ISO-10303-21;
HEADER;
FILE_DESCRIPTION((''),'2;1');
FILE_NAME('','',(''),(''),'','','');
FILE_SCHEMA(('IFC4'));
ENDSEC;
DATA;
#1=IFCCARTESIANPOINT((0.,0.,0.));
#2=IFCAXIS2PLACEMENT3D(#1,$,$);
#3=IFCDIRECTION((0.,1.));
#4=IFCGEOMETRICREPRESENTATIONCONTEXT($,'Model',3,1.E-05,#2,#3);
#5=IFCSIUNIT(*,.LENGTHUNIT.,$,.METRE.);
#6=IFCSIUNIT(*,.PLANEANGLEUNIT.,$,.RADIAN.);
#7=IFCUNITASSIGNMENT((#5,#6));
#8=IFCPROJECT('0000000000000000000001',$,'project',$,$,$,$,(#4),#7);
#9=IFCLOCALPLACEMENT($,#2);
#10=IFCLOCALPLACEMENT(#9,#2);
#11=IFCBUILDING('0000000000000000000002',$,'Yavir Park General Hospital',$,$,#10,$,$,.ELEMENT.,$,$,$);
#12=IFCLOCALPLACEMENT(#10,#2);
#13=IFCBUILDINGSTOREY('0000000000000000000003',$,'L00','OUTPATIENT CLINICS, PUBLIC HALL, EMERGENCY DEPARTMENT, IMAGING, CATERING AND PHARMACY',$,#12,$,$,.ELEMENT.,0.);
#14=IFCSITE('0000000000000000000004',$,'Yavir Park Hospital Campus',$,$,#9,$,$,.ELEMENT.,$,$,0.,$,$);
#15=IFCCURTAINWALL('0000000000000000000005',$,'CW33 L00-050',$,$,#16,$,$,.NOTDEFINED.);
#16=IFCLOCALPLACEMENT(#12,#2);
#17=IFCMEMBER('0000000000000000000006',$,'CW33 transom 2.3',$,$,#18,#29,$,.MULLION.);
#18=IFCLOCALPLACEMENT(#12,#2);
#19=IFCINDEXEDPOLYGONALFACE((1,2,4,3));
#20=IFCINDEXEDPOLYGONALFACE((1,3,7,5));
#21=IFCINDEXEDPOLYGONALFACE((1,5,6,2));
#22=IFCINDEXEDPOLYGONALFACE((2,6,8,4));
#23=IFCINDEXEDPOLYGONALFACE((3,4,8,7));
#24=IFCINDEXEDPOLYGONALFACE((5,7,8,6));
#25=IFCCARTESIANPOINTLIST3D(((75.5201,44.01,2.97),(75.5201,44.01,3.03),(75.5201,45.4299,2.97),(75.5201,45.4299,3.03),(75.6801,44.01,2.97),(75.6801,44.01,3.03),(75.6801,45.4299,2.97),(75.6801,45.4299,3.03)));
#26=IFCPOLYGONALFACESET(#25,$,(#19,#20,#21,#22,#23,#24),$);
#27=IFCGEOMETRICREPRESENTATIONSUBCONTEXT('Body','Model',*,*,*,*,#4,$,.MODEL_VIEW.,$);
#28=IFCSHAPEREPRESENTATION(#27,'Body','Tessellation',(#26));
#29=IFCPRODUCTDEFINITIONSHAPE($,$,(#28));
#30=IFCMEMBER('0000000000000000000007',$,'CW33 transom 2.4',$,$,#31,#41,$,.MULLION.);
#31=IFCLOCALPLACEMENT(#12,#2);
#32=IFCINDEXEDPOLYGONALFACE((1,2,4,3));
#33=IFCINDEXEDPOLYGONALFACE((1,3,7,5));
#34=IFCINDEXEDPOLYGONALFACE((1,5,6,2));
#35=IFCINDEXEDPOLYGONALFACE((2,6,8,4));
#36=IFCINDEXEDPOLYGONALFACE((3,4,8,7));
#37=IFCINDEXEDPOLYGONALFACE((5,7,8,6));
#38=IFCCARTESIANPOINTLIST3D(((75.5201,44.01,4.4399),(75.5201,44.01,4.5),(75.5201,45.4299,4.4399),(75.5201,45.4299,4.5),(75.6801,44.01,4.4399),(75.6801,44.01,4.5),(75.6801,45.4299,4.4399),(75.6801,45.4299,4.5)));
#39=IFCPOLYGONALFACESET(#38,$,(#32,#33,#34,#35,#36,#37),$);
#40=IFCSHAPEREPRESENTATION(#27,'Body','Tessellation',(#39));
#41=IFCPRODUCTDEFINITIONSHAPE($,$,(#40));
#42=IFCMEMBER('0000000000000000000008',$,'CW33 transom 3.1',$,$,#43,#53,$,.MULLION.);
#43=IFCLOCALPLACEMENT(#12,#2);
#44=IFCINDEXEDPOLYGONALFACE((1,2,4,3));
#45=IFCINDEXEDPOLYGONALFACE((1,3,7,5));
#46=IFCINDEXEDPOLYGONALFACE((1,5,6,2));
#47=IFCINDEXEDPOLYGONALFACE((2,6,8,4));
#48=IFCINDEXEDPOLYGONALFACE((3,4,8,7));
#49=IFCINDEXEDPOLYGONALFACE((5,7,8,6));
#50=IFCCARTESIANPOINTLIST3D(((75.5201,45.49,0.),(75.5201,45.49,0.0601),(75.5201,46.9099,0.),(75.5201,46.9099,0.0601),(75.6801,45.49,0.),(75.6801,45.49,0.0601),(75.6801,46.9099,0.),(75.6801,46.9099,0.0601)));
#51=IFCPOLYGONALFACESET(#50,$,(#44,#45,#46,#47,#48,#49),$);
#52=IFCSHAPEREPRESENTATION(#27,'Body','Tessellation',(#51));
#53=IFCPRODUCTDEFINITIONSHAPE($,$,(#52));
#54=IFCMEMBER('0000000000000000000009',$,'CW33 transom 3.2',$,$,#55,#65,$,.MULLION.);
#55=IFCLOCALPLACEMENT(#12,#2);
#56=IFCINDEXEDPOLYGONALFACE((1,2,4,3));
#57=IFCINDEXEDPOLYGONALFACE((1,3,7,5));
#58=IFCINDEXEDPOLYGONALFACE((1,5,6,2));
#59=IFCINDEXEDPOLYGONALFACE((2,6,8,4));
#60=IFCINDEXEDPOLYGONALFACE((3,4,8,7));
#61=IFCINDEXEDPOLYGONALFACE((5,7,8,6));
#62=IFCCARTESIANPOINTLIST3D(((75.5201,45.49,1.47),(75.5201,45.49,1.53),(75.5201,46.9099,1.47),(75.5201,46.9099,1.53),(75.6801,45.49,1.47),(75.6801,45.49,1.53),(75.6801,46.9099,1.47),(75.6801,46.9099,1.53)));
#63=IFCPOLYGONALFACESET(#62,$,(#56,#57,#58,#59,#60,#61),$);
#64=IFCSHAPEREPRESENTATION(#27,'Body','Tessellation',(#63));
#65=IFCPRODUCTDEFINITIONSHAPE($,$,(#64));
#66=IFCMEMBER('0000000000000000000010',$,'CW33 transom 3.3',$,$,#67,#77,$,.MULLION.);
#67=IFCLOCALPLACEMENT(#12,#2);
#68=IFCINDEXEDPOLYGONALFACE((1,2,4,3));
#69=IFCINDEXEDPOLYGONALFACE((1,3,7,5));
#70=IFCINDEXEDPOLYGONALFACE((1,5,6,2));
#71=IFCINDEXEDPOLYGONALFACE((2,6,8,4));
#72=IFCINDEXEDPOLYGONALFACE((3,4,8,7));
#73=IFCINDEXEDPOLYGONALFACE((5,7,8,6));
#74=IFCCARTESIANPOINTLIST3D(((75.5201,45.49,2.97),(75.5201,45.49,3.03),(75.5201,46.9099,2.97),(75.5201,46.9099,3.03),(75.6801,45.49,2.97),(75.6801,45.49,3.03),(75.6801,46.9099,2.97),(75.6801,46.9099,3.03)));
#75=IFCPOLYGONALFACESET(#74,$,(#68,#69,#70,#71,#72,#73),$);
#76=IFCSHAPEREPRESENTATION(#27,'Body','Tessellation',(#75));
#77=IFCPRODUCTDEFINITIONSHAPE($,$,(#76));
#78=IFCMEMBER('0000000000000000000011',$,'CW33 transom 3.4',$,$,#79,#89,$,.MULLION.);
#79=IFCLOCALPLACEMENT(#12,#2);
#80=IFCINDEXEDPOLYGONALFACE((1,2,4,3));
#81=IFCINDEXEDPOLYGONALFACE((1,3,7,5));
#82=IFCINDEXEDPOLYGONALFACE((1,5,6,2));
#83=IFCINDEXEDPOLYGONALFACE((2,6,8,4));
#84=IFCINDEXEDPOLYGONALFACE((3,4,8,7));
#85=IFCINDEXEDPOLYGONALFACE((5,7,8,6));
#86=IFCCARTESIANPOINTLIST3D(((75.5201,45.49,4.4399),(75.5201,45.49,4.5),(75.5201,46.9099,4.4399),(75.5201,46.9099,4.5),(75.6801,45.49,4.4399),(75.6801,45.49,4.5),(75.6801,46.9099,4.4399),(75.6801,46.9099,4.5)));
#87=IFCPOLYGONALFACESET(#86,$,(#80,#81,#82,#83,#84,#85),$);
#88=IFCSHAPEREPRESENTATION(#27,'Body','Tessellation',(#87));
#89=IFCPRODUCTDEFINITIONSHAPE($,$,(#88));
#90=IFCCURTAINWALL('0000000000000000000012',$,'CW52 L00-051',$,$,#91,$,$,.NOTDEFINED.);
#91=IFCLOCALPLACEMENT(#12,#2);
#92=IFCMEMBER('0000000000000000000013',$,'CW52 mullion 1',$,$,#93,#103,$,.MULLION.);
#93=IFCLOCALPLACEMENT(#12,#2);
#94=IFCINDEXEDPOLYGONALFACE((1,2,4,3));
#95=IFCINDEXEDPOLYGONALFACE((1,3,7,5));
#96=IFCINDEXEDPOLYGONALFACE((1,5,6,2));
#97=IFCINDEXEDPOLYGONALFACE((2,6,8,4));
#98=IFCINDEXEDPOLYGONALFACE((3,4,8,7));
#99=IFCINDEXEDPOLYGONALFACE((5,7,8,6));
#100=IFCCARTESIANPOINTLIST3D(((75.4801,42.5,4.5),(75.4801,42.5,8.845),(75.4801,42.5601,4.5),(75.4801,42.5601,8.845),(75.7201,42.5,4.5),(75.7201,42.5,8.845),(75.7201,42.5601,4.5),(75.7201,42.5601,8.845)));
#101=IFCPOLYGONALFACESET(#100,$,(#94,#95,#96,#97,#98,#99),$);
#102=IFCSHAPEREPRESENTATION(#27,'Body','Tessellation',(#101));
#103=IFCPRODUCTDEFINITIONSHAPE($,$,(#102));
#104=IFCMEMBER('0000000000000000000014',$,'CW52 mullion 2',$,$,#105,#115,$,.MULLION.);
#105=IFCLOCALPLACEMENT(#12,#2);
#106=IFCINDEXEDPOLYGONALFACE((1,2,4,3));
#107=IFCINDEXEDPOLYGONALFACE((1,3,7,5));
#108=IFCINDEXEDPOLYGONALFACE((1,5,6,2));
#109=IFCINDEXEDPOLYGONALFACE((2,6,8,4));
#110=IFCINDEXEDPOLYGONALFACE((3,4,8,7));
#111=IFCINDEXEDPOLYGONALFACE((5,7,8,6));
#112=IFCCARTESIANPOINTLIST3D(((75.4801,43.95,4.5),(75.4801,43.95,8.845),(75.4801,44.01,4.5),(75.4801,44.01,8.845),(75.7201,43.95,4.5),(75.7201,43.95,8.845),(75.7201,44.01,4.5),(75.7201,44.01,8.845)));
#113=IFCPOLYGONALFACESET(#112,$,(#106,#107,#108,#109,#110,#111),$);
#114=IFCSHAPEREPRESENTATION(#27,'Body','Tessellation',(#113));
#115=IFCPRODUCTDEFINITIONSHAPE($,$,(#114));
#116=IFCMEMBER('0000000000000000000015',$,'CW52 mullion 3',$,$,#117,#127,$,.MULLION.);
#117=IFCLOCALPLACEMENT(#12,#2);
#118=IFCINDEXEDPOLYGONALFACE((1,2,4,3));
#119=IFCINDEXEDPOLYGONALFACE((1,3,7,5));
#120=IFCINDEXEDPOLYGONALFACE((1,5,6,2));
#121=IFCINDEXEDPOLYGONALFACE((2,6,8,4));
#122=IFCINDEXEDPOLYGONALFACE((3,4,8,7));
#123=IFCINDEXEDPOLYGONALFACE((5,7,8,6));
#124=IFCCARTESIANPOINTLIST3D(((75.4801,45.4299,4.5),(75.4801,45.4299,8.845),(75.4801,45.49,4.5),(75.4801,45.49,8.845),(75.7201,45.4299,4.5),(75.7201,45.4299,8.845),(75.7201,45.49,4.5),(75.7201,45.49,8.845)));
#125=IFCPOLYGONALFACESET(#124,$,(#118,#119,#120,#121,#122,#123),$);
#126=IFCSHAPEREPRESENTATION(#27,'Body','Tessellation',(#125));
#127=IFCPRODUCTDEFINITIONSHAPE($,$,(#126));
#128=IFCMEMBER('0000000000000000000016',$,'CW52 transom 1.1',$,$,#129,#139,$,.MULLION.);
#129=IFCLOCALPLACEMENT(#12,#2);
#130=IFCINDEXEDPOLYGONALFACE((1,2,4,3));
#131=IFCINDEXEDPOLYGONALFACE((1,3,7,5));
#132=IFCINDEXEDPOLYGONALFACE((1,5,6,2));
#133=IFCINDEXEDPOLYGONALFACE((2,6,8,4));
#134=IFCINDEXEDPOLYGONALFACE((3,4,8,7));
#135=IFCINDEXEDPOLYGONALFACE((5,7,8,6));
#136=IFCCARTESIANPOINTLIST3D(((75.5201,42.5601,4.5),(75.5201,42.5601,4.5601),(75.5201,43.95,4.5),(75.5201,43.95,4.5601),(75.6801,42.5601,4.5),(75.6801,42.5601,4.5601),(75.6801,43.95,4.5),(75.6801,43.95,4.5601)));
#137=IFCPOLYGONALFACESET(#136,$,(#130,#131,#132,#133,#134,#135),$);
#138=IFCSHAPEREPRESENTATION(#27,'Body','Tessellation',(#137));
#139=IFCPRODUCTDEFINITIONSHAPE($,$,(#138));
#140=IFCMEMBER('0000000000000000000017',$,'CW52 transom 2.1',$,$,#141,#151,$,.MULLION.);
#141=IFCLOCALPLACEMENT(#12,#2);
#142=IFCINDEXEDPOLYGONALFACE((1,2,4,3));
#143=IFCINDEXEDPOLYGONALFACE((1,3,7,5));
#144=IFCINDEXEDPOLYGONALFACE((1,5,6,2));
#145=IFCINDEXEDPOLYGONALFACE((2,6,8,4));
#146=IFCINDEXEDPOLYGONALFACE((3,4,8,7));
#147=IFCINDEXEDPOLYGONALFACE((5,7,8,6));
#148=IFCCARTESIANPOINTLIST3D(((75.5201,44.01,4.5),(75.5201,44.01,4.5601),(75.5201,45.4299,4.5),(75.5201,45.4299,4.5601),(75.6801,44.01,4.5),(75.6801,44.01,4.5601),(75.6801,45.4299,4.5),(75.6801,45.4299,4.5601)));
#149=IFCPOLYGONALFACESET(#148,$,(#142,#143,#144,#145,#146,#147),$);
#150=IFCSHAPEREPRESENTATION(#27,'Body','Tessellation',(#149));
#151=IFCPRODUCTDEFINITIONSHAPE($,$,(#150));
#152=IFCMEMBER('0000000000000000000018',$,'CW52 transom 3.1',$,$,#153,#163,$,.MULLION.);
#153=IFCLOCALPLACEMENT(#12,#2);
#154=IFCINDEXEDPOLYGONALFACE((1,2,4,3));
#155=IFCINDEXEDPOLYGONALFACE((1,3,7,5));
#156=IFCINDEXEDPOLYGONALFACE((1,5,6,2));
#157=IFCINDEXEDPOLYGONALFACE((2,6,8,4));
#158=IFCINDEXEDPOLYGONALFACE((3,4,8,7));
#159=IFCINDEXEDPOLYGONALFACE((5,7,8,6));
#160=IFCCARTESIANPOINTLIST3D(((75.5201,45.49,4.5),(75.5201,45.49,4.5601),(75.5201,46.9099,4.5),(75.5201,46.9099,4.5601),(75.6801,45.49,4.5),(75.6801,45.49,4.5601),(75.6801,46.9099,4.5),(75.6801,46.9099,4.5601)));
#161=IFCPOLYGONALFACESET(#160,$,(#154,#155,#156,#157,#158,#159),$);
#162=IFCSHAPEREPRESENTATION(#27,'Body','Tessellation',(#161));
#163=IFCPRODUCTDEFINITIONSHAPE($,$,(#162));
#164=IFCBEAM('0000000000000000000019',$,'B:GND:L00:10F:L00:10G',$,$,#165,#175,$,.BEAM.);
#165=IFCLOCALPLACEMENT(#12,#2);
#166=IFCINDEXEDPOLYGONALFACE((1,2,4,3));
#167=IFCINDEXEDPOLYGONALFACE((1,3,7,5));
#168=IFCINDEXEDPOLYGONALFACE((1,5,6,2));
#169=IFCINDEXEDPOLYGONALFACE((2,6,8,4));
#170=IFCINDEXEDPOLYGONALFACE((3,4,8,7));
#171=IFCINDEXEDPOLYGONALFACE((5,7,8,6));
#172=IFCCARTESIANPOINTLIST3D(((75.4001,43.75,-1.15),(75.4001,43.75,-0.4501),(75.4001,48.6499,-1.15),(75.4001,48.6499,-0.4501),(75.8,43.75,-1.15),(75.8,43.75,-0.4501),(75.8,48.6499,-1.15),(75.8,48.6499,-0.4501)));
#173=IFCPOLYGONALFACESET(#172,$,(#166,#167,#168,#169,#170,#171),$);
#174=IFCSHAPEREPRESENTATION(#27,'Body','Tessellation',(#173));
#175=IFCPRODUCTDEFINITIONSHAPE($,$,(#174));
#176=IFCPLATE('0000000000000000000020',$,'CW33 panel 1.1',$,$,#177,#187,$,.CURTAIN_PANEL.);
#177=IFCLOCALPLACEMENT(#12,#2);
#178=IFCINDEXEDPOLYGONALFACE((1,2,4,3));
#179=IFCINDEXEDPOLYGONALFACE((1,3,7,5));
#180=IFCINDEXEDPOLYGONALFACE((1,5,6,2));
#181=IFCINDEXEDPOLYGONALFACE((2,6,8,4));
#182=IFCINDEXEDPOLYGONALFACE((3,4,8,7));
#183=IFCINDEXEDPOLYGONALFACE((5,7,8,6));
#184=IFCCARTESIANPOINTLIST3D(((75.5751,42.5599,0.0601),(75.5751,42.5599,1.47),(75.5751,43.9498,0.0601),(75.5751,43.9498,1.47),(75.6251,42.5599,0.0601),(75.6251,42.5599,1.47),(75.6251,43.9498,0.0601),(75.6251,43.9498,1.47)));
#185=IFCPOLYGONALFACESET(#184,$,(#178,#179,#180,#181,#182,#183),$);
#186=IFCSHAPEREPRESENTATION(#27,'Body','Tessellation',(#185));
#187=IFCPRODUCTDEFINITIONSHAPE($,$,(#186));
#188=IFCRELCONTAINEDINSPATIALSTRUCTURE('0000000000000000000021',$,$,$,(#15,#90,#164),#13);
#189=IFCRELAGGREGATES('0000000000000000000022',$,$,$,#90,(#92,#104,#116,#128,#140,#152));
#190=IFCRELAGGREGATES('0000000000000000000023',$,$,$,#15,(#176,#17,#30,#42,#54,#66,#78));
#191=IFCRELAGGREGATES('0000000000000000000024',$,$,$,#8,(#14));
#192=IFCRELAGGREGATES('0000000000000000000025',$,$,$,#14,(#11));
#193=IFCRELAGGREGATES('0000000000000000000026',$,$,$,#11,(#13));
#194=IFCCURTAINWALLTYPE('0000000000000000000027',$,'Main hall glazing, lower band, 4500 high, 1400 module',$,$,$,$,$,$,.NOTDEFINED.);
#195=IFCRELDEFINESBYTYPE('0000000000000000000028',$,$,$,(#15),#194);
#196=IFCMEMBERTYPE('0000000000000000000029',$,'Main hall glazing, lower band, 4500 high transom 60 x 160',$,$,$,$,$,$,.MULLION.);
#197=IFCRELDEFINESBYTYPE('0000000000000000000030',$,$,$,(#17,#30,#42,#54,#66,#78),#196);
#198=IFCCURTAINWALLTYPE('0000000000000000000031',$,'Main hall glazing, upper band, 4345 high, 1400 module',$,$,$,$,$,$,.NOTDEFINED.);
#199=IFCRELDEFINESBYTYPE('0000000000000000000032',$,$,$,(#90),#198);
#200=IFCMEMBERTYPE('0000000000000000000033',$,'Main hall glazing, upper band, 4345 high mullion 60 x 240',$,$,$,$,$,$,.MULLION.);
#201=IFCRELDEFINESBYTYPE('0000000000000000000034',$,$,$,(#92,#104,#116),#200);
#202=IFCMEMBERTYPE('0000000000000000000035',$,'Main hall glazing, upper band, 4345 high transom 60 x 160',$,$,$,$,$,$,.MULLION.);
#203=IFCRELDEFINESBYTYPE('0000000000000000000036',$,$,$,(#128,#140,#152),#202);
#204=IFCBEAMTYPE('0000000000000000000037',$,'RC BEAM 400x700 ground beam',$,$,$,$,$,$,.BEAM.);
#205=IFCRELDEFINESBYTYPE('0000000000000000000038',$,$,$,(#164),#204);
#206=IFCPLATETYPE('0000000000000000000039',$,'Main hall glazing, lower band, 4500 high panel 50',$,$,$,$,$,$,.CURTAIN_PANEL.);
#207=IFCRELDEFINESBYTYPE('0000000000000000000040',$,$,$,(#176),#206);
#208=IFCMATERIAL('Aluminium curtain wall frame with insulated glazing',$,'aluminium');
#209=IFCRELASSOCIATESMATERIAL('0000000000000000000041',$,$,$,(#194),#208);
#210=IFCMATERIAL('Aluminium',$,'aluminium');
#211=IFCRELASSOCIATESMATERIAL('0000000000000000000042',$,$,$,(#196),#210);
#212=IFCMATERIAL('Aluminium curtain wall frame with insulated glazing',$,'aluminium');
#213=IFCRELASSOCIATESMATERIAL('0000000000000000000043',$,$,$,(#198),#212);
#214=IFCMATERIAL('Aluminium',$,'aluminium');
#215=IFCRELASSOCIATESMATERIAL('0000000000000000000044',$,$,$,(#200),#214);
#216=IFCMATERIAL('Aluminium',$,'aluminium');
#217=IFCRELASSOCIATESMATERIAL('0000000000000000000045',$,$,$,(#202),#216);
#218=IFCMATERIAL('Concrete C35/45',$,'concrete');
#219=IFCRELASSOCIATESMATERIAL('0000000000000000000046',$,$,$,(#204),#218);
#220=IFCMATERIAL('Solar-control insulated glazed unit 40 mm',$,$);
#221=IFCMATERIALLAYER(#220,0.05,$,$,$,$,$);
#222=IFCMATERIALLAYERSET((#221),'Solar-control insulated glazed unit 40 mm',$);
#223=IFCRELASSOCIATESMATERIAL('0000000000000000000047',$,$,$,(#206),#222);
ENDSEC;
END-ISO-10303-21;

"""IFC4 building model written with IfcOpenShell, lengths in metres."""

from ifc_helpers import new_model, si_unit, direction, frame, origin, origin_2d, place, context, subcontext, project, spatial, rectangle, extrude, material, layer, layer_set, material_profile, profile_set, type_object, element, aggregate, save


model = new_model("IFC4")

# Units and contexts
model_context = context("Model", 3, precision=1e-05, world=origin(), true_north=direction((0.0, 1.0)))
body_context = subcontext(model_context, "Body", "Model", "MODEL_VIEW")
ifc_project = project(units=[si_unit("LENGTHUNIT", "METRE"), si_unit("PLANEANGLEUNIT", "RADIAN")], contexts=[model_context])

# Site, building, storey
site_placement = place(None, origin())
site = spatial("IfcSite", under=ifc_project, at=site_placement, Name="Yavir Park Hospital Campus", CompositionType="ELEMENT", RefElevation=0.0)
building_placement = place(site_placement, origin())
building = spatial("IfcBuilding", under=site, at=building_placement, Name="Yavir Park General Hospital", CompositionType="ELEMENT")
storey_placement = place(building_placement, origin())
storey = spatial("IfcBuildingStorey", under=building, at=storey_placement, Name="L00", Description="OUTPATIENT CLINICS, PUBLIC HALL, EMERGENCY DEPARTMENT, IMAGING, CATERING AND PHARMACY", CompositionType="ELEMENT", Elevation=0.0)

# Curtain walls, members
ifc_material_1 = material(Name="Aluminium curtain wall frame with insulated glazing", Category="aluminium")
curtain_wall_type_1 = type_object("IfcCurtainWallType", Name="Main hall glazing, lower band, 4500 high, 1400 module", PredefinedType="NOTDEFINED", material=ifc_material_1)
curtain_wall_1_placement = place(storey_placement, origin())
curtain_wall_1 = element("IfcCurtainWall", 1, at=curtain_wall_1_placement, inside=storey, type_object=curtain_wall_type_1, Name="CW33 L00-050", PredefinedType="NOTDEFINED")
ifc_material_2 = material(Name="Aluminium", Category="aluminium")
ifc_material_profile_1 = material_profile(ifc_material_2, rectangle(XDim=0.1599, YDim=0.0601, at=origin_2d()), Name="AL 160x60")
ifc_profile_set_1 = profile_set([ifc_material_profile_1], Name="Aluminium")
member_type_1 = type_object("IfcMemberType", Name="Main hall glazing, lower band, 4500 high transom 60 x 160", PredefinedType="MULLION", material=ifc_profile_set_1)
member_1_placement = place(storey_placement, frame((75.6001, 44.01, 3.0), z_axis=(0.0, 1.0, 0.0), x_axis=(-1.0, 0.0, 0.0)))
member_1 = element("IfcMember", 2, at=member_1_placement, type_object=member_type_1, Name="CW33 transom 2.3", PredefinedType="MULLION", context=body_context, shape_type="SweptSolid", body=[
    extrude(rectangle(XDim=0.1599, YDim=0.0601, at=origin_2d()), origin(), (0.0, 0.0, 1.0), 1.4199),
])
member_2_placement = place(storey_placement, frame((75.6001, 44.01, 4.47), z_axis=(0.0, 1.0, 0.0), x_axis=(-1.0, 0.0, 0.0)))
member_2 = element("IfcMember", 3, at=member_2_placement, type_object=member_type_1, Name="CW33 transom 2.4", PredefinedType="MULLION", context=body_context, shape_type="SweptSolid", body=[
    extrude(rectangle(XDim=0.1599, YDim=0.0601, at=origin_2d()), origin(), (0.0, 0.0, 1.0), 1.4199),
])
member_3_placement = place(storey_placement, frame((75.6001, 45.49, 0.03), z_axis=(0.0, 1.0, 0.0), x_axis=(-1.0, 0.0, 0.0)))
member_3 = element("IfcMember", 4, at=member_3_placement, type_object=member_type_1, Name="CW33 transom 3.1", PredefinedType="MULLION", context=body_context, shape_type="SweptSolid", body=[
    extrude(rectangle(XDim=0.1599, YDim=0.0601, at=origin_2d()), origin(), (0.0, 0.0, 1.0), 1.4199),
])
member_4_placement = place(storey_placement, frame((75.6001, 45.49, 1.5), z_axis=(0.0, 1.0, 0.0), x_axis=(-1.0, 0.0, 0.0)))
member_4 = element("IfcMember", 5, at=member_4_placement, type_object=member_type_1, Name="CW33 transom 3.2", PredefinedType="MULLION", context=body_context, shape_type="SweptSolid", body=[
    extrude(rectangle(XDim=0.1599, YDim=0.0601, at=origin_2d()), origin(), (0.0, 0.0, 1.0), 1.4199),
])
member_5_placement = place(storey_placement, frame((75.6001, 45.49, 3.0), z_axis=(0.0, 1.0, 0.0), x_axis=(-1.0, 0.0, 0.0)))
member_5 = element("IfcMember", 6, at=member_5_placement, type_object=member_type_1, Name="CW33 transom 3.3", PredefinedType="MULLION", context=body_context, shape_type="SweptSolid", body=[
    extrude(rectangle(XDim=0.1599, YDim=0.0601, at=origin_2d()), origin(), (0.0, 0.0, 1.0), 1.4199),
])
member_6_placement = place(storey_placement, frame((75.6001, 45.49, 4.47), z_axis=(0.0, 1.0, 0.0), x_axis=(-1.0, 0.0, 0.0)))
member_6 = element("IfcMember", 7, at=member_6_placement, type_object=member_type_1, Name="CW33 transom 3.4", PredefinedType="MULLION", context=body_context, shape_type="SweptSolid", body=[
    extrude(rectangle(XDim=0.1599, YDim=0.0601, at=origin_2d()), origin(), (0.0, 0.0, 1.0), 1.4199),
])
ifc_material_3 = material(Name="Aluminium curtain wall frame with insulated glazing", Category="aluminium")
curtain_wall_type_2 = type_object("IfcCurtainWallType", Name="Main hall glazing, upper band, 4345 high, 1400 module", PredefinedType="NOTDEFINED", material=ifc_material_3)
curtain_wall_2_placement = place(storey_placement, origin())
curtain_wall_2 = element("IfcCurtainWall", 8, at=curtain_wall_2_placement, inside=storey, type_object=curtain_wall_type_2, Name="CW52 L00-051", PredefinedType="NOTDEFINED")
ifc_material_4 = material(Name="Aluminium", Category="aluminium")
ifc_material_profile_2 = material_profile(ifc_material_4, rectangle(XDim=0.24, YDim=0.0601, at=origin_2d()), Name="AL 60x240")
ifc_profile_set_2 = profile_set([ifc_material_profile_2], Name="Aluminium")
member_type_2 = type_object("IfcMemberType", Name="Main hall glazing, upper band, 4345 high mullion 60 x 240", PredefinedType="MULLION", material=ifc_profile_set_2)
member_7_placement = place(storey_placement, frame((75.6001, 42.53, 4.5), z_axis=(0.0, 0.0, 1.0), x_axis=(-1.0, 0.0, 0.0)))
member_7 = element("IfcMember", 9, at=member_7_placement, type_object=member_type_2, Name="CW52 mullion 1", PredefinedType="MULLION", context=body_context, shape_type="SweptSolid", body=[
    extrude(rectangle(XDim=0.24, YDim=0.0601, at=origin_2d()), origin(), (0.0, 0.0, 1.0), 4.345),
])
member_8_placement = place(storey_placement, frame((75.6001, 43.98, 4.5), z_axis=(0.0, 0.0, 1.0), x_axis=(-1.0, 0.0, 0.0)))
member_8 = element("IfcMember", 10, at=member_8_placement, type_object=member_type_2, Name="CW52 mullion 2", PredefinedType="MULLION", context=body_context, shape_type="SweptSolid", body=[
    extrude(rectangle(XDim=0.24, YDim=0.0601, at=origin_2d()), origin(), (0.0, 0.0, 1.0), 4.345),
])
member_9_placement = place(storey_placement, frame((75.6001, 45.46, 4.5), z_axis=(0.0, 0.0, 1.0), x_axis=(-1.0, 0.0, 0.0)))
member_9 = element("IfcMember", 11, at=member_9_placement, type_object=member_type_2, Name="CW52 mullion 3", PredefinedType="MULLION", context=body_context, shape_type="SweptSolid", body=[
    extrude(rectangle(XDim=0.24, YDim=0.0601, at=origin_2d()), origin(), (0.0, 0.0, 1.0), 4.345),
])
ifc_material_5 = material(Name="Aluminium", Category="aluminium")
ifc_material_profile_3 = material_profile(ifc_material_5, rectangle(XDim=0.1599, YDim=0.0601, at=origin_2d()), Name="AL 160x60")
ifc_profile_set_3 = profile_set([ifc_material_profile_3], Name="Aluminium")
member_type_3 = type_object("IfcMemberType", Name="Main hall glazing, upper band, 4345 high transom 60 x 160", PredefinedType="MULLION", material=ifc_profile_set_3)
member_10_placement = place(storey_placement, frame((75.6001, 42.5601, 4.53), z_axis=(0.0, 1.0, 0.0), x_axis=(-1.0, 0.0, 0.0)))
member_10 = element("IfcMember", 12, at=member_10_placement, type_object=member_type_3, Name="CW52 transom 1.1", PredefinedType="MULLION", context=body_context, shape_type="SweptSolid", body=[
    extrude(rectangle(XDim=0.1599, YDim=0.0601, at=origin_2d()), origin(), (0.0, 0.0, 1.0), 1.3899),
])
member_11_placement = place(storey_placement, frame((75.6001, 44.01, 4.53), z_axis=(0.0, 1.0, 0.0), x_axis=(-1.0, 0.0, 0.0)))
member_11 = element("IfcMember", 13, at=member_11_placement, type_object=member_type_3, Name="CW52 transom 2.1", PredefinedType="MULLION", context=body_context, shape_type="SweptSolid", body=[
    extrude(rectangle(XDim=0.1599, YDim=0.0601, at=origin_2d()), origin(), (0.0, 0.0, 1.0), 1.4199),
])
member_12_placement = place(storey_placement, frame((75.6001, 45.49, 4.53), z_axis=(0.0, 1.0, 0.0), x_axis=(-1.0, 0.0, 0.0)))
member_12 = element("IfcMember", 14, at=member_12_placement, type_object=member_type_3, Name="CW52 transom 3.1", PredefinedType="MULLION", context=body_context, shape_type="SweptSolid", body=[
    extrude(rectangle(XDim=0.1599, YDim=0.0601, at=origin_2d()), origin(), (0.0, 0.0, 1.0), 1.4199),
])
aggregate(curtain_wall_2, [member_7, member_8, member_9, member_10, member_11, member_12])

# Beam
ifc_material_6 = material(Name="Concrete C35/45", Category="concrete")
ifc_material_profile_4 = material_profile(ifc_material_6, rectangle(XDim=0.3999, YDim=0.7, at=origin_2d()), Name="RC400x700")
ifc_profile_set_4 = profile_set([ifc_material_profile_4], Name="Concrete C35/45")
beam_type = type_object("IfcBeamType", Name="RC BEAM 400x700 ground beam", PredefinedType="BEAM", material=ifc_profile_set_4)
beam_placement = place(storey_placement, frame((75.6001, 43.75, -0.8), z_axis=(0.0, 1.0, 0.0), x_axis=(-1.0, 0.0, 0.0)))
element("IfcBeam", 15, at=beam_placement, inside=storey, type_object=beam_type, Name="B:GND:L00:10F:L00:10G", PredefinedType="BEAM", context=body_context, shape_type="SweptSolid", body=[
    extrude(rectangle(XDim=0.3999, YDim=0.7, at=origin_2d()), origin(), (0.0, 0.0, 1.0), 4.8999),
])

# Plate
ifc_material_7 = material(Name="Solar-control insulated glazed unit 40 mm")
ifc_layer = layer(ifc_material_7, 0.05)
ifc_layer_set = layer_set([ifc_layer], Name="Solar-control insulated glazed unit 40 mm")
plate_type = type_object("IfcPlateType", Name="Main hall glazing, lower band, 4500 high panel 50", PredefinedType="CURTAIN_PANEL", material=ifc_layer_set)
plate_1_placement = place(storey_placement, frame((75.6001, 43.2549, 0.0601), z_axis=(0.0, 0.0, 1.0), x_axis=(0.0, 1.0, 0.0)))
plate_1 = element("IfcPlate", 16, at=plate_1_placement, type_object=plate_type, Name="CW33 panel 1.1", PredefinedType="CURTAIN_PANEL", context=body_context, shape_type="SweptSolid", body=[
    extrude(rectangle(XDim=1.3899, YDim=0.05, at=origin_2d()), origin(), (0.0, 0.0, 1.0), 1.4099),
])
aggregate(curtain_wall_1, [plate_1, member_1, member_2, member_3, member_4, member_5, member_6])

save(model, "model.ifc")
